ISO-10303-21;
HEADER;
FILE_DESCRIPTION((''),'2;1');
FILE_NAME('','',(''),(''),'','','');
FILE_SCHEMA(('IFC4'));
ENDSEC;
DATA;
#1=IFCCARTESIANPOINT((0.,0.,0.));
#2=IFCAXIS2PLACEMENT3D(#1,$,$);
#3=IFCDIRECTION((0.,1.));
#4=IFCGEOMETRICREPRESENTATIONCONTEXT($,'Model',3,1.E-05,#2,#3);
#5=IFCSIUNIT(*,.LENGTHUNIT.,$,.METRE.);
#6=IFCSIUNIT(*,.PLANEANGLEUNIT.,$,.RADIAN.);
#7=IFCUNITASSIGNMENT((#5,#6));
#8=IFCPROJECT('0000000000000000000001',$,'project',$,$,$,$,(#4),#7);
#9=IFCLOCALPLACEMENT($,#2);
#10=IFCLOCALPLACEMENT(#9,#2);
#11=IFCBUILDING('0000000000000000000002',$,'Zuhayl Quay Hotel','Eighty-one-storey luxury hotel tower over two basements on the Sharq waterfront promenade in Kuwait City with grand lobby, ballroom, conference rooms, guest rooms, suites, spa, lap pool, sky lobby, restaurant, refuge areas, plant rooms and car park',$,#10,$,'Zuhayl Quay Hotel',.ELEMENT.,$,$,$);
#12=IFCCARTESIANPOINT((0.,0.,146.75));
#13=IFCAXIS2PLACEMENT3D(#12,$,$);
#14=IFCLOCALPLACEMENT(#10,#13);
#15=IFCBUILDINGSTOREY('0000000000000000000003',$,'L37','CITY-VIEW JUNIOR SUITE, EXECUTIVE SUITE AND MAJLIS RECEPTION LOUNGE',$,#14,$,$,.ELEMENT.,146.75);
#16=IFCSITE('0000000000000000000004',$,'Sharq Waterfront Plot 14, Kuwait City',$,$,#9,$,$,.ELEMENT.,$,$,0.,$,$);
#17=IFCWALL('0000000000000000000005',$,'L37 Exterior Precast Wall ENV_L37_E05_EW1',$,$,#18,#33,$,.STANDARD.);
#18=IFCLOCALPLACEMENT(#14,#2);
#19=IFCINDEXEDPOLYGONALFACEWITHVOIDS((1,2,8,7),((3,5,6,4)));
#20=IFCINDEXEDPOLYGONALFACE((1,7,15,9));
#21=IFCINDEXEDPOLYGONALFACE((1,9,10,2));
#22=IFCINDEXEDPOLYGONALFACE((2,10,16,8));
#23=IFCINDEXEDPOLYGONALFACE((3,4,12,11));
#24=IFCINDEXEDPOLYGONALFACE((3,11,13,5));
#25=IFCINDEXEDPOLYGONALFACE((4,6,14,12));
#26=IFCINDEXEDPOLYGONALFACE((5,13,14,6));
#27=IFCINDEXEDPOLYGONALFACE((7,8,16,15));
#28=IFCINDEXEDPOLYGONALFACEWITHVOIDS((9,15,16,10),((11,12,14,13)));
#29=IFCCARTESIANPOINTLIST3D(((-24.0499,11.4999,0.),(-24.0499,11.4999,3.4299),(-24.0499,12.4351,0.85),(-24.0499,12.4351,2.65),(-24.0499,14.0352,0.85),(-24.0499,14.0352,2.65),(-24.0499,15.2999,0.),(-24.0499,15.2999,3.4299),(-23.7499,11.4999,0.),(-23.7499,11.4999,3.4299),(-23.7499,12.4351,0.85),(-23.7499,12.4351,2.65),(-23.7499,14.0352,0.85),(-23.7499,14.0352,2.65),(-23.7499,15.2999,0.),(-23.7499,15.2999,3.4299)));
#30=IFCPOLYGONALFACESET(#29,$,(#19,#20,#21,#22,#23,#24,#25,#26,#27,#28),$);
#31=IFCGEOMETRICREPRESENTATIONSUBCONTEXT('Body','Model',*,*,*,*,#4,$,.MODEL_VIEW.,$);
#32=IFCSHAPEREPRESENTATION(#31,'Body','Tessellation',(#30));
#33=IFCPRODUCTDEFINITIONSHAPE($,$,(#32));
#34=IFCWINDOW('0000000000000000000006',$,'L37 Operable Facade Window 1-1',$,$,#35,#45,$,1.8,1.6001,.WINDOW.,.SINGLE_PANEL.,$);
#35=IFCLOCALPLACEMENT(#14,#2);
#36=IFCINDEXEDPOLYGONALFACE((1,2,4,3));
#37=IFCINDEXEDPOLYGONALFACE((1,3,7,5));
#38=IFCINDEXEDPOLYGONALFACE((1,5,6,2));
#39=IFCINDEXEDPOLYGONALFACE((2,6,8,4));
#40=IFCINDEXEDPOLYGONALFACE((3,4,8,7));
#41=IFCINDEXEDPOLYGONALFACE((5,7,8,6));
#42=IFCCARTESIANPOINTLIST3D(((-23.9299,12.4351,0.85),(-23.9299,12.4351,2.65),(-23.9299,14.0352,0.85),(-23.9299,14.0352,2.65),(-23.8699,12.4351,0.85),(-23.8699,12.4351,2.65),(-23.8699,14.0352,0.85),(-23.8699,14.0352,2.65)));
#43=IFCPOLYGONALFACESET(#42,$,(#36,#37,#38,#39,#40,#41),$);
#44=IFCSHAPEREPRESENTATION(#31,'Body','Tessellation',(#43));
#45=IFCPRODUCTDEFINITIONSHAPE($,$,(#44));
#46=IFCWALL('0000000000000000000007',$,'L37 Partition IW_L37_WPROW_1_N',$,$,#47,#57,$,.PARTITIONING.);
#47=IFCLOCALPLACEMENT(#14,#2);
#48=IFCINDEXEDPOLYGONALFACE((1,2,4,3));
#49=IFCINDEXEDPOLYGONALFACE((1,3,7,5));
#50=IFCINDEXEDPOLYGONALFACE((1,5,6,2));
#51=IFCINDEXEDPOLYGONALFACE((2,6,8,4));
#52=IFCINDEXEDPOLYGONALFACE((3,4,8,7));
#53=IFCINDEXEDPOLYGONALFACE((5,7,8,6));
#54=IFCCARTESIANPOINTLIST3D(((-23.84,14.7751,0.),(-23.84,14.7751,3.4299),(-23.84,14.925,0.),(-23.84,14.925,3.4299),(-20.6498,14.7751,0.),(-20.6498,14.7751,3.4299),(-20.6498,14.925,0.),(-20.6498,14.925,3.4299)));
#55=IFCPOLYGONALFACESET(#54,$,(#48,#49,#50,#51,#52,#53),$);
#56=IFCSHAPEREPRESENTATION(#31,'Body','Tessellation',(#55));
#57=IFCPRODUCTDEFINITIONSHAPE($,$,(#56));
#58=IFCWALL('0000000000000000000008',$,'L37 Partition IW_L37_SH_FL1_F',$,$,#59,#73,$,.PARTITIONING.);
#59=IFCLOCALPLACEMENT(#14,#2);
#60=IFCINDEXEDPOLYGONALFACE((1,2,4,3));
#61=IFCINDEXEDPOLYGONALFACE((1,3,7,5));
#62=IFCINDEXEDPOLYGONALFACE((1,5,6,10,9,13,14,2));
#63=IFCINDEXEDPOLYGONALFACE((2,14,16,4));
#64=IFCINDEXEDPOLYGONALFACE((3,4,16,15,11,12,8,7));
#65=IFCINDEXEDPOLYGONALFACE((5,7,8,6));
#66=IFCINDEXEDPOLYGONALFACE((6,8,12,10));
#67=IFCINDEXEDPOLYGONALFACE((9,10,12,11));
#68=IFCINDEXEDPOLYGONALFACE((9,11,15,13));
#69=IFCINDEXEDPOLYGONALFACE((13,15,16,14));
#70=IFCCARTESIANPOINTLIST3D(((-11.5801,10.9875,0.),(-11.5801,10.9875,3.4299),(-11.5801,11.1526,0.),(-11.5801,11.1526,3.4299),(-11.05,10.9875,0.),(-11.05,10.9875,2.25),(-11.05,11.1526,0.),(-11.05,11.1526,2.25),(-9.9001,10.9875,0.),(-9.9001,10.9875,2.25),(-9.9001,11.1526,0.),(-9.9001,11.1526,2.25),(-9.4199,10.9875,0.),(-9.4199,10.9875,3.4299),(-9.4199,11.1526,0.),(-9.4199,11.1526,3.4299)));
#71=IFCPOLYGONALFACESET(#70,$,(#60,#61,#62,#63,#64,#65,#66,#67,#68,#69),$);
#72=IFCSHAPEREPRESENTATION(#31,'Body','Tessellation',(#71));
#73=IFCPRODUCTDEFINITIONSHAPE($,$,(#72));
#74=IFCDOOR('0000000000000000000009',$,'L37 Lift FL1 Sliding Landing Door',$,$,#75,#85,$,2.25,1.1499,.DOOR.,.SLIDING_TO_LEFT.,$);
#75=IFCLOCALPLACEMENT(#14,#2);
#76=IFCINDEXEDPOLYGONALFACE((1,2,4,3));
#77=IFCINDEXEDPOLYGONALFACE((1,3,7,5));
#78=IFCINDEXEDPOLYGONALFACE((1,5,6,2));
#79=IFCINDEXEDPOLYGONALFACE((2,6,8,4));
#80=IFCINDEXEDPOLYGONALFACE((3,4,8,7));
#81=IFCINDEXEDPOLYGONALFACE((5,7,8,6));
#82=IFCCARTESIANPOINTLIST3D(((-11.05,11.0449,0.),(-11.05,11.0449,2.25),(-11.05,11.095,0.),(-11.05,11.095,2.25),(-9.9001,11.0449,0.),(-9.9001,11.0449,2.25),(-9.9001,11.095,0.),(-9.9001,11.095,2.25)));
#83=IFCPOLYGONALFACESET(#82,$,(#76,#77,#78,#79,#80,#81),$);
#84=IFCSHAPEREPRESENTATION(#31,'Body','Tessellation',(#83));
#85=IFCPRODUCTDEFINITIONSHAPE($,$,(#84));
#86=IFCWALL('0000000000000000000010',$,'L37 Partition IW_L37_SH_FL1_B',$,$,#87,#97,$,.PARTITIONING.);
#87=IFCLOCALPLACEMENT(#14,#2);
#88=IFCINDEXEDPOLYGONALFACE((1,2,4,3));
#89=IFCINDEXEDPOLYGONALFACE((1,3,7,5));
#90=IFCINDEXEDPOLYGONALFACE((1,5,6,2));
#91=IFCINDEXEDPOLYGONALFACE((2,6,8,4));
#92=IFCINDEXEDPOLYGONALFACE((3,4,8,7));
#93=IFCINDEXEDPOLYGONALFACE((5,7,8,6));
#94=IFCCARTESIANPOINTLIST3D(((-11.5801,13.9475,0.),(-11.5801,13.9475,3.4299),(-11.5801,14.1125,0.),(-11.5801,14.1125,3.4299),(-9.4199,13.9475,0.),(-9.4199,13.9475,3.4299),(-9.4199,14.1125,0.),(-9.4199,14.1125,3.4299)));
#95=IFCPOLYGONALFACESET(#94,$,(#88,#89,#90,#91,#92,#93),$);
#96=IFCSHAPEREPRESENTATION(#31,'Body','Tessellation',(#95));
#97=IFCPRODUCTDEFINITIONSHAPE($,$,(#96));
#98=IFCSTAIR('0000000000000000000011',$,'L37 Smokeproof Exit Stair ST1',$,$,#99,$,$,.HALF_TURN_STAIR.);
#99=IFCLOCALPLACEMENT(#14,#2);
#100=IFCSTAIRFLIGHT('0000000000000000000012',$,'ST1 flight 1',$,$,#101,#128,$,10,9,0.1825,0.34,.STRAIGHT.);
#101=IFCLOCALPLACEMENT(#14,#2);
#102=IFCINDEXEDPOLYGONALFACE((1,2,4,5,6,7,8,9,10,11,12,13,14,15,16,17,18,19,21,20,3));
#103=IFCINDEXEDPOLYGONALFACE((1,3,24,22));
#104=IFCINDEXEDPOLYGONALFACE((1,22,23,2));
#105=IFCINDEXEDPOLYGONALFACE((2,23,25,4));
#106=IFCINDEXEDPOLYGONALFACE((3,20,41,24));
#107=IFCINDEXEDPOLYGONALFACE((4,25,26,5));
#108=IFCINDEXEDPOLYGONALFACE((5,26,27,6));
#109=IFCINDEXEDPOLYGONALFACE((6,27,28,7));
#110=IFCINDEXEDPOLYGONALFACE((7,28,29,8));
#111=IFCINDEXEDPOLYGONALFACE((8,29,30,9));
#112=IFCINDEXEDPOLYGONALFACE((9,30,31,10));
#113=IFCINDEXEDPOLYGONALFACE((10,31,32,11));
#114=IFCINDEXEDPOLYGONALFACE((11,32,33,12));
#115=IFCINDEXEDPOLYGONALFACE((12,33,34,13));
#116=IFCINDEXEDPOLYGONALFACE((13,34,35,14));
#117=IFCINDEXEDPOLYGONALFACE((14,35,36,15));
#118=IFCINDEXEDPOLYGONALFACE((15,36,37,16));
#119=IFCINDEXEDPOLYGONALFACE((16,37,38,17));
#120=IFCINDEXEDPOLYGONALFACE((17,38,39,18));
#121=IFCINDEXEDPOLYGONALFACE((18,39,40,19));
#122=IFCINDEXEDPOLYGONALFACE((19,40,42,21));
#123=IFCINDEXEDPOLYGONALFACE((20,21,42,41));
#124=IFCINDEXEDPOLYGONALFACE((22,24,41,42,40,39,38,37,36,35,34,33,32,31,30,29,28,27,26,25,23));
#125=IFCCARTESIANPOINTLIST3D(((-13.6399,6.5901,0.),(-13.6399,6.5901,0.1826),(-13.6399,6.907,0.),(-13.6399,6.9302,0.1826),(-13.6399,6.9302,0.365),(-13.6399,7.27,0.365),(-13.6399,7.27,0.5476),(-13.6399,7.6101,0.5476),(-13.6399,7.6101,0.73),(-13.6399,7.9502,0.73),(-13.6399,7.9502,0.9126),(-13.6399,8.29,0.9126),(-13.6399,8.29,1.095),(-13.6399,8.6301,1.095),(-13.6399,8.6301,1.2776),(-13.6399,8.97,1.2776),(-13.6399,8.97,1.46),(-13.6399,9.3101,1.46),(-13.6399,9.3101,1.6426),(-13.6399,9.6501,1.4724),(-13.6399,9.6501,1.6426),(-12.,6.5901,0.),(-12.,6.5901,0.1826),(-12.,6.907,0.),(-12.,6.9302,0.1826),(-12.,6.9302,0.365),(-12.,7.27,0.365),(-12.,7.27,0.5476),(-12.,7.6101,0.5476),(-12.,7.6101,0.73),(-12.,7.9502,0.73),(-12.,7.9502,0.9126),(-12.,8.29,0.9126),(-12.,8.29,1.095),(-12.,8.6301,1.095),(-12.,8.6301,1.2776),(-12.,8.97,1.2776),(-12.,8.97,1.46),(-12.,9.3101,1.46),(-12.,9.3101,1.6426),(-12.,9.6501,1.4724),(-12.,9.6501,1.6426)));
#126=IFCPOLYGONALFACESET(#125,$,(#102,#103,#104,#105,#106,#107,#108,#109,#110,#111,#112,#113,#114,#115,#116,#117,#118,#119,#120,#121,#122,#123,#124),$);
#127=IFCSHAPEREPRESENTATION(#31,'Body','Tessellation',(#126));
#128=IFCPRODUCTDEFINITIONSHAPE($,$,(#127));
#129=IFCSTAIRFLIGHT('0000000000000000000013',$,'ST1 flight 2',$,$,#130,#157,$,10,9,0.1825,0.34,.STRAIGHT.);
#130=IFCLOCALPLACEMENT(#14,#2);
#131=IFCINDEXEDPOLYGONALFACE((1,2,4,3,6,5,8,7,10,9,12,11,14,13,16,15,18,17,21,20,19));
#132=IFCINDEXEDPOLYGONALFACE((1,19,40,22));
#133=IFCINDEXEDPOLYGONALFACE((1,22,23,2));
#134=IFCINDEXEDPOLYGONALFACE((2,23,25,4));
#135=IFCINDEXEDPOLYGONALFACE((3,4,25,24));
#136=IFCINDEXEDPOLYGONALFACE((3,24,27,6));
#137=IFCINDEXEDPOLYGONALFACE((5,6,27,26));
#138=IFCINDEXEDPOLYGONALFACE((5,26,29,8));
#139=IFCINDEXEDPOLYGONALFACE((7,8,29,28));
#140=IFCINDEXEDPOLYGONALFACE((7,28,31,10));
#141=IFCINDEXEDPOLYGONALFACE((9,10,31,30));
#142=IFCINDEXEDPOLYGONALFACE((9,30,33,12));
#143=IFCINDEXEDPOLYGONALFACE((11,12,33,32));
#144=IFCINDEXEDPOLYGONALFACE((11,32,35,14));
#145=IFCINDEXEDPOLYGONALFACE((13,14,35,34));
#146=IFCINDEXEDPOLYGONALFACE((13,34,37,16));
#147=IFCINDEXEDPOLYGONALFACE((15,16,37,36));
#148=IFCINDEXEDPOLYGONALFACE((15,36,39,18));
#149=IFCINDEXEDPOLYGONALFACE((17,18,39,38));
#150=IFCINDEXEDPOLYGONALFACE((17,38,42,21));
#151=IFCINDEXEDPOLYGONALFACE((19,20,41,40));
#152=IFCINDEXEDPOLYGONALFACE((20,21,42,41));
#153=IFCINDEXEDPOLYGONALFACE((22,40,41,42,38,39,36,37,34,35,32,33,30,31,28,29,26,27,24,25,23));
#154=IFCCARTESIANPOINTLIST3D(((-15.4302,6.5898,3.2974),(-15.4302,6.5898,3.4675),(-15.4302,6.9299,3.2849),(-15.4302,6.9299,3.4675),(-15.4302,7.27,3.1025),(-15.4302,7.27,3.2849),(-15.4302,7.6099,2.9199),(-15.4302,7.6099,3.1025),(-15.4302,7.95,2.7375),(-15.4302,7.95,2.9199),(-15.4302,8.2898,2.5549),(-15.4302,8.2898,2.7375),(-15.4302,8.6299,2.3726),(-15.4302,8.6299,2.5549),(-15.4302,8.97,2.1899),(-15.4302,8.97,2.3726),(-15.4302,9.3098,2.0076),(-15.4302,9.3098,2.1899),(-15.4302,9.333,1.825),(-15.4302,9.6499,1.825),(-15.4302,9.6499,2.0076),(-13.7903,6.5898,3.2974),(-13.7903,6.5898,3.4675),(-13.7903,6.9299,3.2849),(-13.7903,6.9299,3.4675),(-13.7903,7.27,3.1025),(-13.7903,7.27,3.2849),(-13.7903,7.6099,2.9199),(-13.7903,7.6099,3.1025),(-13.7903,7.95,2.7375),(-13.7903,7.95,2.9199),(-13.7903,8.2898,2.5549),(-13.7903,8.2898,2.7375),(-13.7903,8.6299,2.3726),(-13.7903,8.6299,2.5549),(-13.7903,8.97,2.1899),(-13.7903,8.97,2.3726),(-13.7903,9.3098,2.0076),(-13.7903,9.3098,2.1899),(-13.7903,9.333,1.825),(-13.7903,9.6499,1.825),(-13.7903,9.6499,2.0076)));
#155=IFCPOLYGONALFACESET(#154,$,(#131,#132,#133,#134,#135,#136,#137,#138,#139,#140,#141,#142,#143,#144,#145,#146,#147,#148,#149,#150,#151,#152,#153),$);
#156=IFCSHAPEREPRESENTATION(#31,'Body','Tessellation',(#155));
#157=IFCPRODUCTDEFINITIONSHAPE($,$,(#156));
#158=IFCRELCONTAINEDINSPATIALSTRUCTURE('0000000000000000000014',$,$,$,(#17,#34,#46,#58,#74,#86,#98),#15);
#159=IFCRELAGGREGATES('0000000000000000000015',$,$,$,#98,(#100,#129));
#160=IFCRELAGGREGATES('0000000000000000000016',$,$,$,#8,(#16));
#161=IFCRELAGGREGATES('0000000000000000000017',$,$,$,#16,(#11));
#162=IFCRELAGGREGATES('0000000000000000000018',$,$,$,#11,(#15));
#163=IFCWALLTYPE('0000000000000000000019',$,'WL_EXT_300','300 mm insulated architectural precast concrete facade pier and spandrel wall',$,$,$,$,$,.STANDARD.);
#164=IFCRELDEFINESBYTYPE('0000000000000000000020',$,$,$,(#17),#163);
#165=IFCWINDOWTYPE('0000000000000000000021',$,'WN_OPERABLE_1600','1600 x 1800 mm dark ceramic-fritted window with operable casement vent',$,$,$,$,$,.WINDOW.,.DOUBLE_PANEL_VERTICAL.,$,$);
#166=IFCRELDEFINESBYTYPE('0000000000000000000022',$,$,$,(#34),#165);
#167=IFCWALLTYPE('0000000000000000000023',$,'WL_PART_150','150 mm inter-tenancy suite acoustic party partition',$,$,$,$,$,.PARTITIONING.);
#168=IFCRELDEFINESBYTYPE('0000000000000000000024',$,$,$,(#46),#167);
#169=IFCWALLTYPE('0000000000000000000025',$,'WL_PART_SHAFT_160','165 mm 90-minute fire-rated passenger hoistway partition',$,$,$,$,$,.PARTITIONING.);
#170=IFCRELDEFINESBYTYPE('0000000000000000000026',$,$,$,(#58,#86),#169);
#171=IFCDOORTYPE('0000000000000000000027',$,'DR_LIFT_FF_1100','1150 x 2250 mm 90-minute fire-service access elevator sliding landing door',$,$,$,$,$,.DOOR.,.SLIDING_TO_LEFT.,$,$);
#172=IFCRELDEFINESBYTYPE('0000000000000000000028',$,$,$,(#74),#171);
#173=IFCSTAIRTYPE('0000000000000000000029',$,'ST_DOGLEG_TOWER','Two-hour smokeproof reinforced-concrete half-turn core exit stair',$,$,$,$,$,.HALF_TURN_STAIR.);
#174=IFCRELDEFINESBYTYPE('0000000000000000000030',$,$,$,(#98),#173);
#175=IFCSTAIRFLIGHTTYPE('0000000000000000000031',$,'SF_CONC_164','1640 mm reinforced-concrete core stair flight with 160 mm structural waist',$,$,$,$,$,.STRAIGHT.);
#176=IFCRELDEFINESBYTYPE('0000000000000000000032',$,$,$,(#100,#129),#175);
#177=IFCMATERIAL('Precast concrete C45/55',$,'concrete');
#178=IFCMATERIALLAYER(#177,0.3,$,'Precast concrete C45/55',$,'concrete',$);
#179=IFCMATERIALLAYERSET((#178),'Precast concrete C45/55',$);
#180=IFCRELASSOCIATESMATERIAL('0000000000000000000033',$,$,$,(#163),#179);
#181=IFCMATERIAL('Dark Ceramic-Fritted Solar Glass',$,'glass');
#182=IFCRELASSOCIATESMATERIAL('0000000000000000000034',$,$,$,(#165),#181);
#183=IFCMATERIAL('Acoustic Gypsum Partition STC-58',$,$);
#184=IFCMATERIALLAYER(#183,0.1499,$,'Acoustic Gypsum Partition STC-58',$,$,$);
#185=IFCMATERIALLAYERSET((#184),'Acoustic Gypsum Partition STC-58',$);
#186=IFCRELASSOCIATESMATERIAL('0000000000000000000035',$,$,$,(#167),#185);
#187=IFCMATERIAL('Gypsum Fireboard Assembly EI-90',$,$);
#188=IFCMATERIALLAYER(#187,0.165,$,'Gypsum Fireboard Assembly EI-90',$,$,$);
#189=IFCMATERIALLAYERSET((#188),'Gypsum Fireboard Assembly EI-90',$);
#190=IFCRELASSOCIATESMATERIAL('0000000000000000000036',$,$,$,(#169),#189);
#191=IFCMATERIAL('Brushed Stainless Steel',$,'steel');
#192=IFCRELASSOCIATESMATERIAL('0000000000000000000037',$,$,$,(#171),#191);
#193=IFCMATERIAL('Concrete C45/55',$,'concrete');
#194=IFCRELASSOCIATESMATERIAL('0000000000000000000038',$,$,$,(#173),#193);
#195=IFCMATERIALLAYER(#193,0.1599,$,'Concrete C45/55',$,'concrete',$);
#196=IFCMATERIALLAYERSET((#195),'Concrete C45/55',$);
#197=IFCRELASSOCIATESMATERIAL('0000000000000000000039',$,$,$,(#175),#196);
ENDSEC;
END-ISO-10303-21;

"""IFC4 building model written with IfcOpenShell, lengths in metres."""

from ifc_helpers import new_model, si_unit, direction, frame, frame_2d, origin, place, context, subcontext, project, spatial, polyline, rectangle, outline, extrude, material, layer, layer_set, type_object, element, fill, aggregate, save


model = new_model("IFC4")

# Units and contexts
model_context = context("Model", 3, precision=1e-05, world=origin(), true_north=direction((0.0, 1.0)))
body_context = subcontext(model_context, "Body", "Model", "MODEL_VIEW")
ifc_project = project(units=[si_unit("LENGTHUNIT", "METRE"), si_unit("PLANEANGLEUNIT", "RADIAN")], contexts=[model_context])

# Site, building, storey
site_placement = place(None, origin())
site = spatial("IfcSite", under=ifc_project, at=site_placement, Name="Sharq Waterfront Plot 14, Kuwait City", CompositionType="ELEMENT", RefElevation=0.0)
building_placement = place(site_placement, origin())
building = spatial("IfcBuilding", under=site, at=building_placement, Name="Zuhayl Quay Hotel", Description="Eighty-one-storey luxury hotel tower over two basements on the Sharq waterfront promenade in Kuwait City with grand lobby, ballroom, conference rooms, guest rooms, suites, spa, lap pool, sky lobby, restaurant, refuge areas, plant rooms and car park", LongName="Zuhayl Quay Hotel", CompositionType="ELEMENT")
storey_placement = place(building_placement, frame((0.0, 0.0, 146.75)))
storey = spatial("IfcBuildingStorey", under=building, at=storey_placement, Name="L37", Description="CITY-VIEW JUNIOR SUITE, EXECUTIVE SUITE AND MAJLIS RECEPTION LOUNGE", CompositionType="ELEMENT", Elevation=146.75)

# Shared definitions
ifc_material_1 = material(Name="Precast concrete C45/55", Category="concrete")
ifc_layer_1 = layer(ifc_material_1, 0.3, Name="Precast concrete C45/55", Category="concrete")
ifc_layer_set_1 = layer_set([ifc_layer_1], Name="Precast concrete C45/55")
wall_type_1 = type_object("IfcWallType", Name="WL_EXT_300", Description="300 mm insulated architectural precast concrete facade pier and spandrel wall", PredefinedType="STANDARD", material=ifc_layer_set_1)

# Wall, opening, window
wall_1_placement = place(storey_placement, frame((-23.8999, 11.5, 0.0), z_axis=(0.0, 0.0, 1.0), x_axis=(0.0, 1.0, 0.0)))
wall_1 = element("IfcWall", 1, at=wall_1_placement, inside=storey, type_object=wall_type_1, Name="L37 Exterior Precast Wall ENV_L37_E05_EW1", PredefinedType="STANDARD", context=body_context, shape_type="SweptSolid", body=[
    extrude(rectangle(XDim=3.8, YDim=0.3, at=frame_2d((1.8999, 0.0))), origin(), (0.0, 0.0, 1.0), 3.4299),
])
opening_1_placement = place(wall_1_placement, frame((0.9351, 0.0, 0.8501)))
opening_1 = element("IfcOpeningElement", 2, at=opening_1_placement, cuts=wall_1, PredefinedType="OPENING", context=body_context, shape_type="SweptSolid", body=[
    extrude(rectangle(XDim=1.6001, YDim=1.8, at=frame_2d((0.8, 0.8999))), frame((0.0, 0.1599, 0.0), z_axis=(0.0, -1.0, 0.0), x_axis=(1.0, 0.0, 0.0)), (0.0, 0.0, 1.0), 0.3201),
])
ifc_material_2 = material(Name="Dark Ceramic-Fritted Solar Glass", Category="glass")
window_type = type_object("IfcWindowType", Name="WN_OPERABLE_1600", Description="1600 x 1800 mm dark ceramic-fritted window with operable casement vent", PartitioningType="DOUBLE_PANEL_VERTICAL", PredefinedType="WINDOW", material=ifc_material_2)
window_placement = place(opening_1_placement, origin())
window = element("IfcWindow", 3, at=window_placement, inside=storey, type_object=window_type, Name="L37 Operable Facade Window 1-1", OverallHeight=1.8, OverallWidth=1.6001, PartitioningType="SINGLE_PANEL", PredefinedType="WINDOW", context=body_context, shape_type="SweptSolid", body=[
    extrude(rectangle(XDim=1.6001, YDim=1.8, at=frame_2d((0.8, 0.8999))), frame((0.0, 0.03, 0.0), z_axis=(0.0, -1.0, 0.0), x_axis=(1.0, 0.0, 0.0)), (0.0, 0.0, 1.0), 0.0601),
])
fill(opening_1, window)

# Wall
ifc_material_3 = material(Name="Acoustic Gypsum Partition STC-58")
ifc_layer_2 = layer(ifc_material_3, 0.1499, Name="Acoustic Gypsum Partition STC-58")
ifc_layer_set_2 = layer_set([ifc_layer_2], Name="Acoustic Gypsum Partition STC-58")
wall_type_2 = type_object("IfcWallType", Name="WL_PART_150", Description="150 mm inter-tenancy suite acoustic party partition", PredefinedType="PARTITIONING", material=ifc_layer_set_2)
wall_2_placement = place(storey_placement, frame((-23.8401, 14.8501, 0.0), z_axis=(0.0, 0.0, 1.0), x_axis=(1.0, 0.0, 0.0)))
element("IfcWall", 4, at=wall_2_placement, inside=storey, type_object=wall_type_2, Name="L37 Partition IW_L37_WPROW_1_N", PredefinedType="PARTITIONING", context=body_context, shape_type="SweptSolid", body=[
    extrude(rectangle(XDim=3.1902, YDim=0.1499, at=frame_2d((1.5952, 0.0))), origin(), (0.0, 0.0, 1.0), 3.4299),
])

# Wall, opening, door
ifc_material_4 = material(Name="Gypsum Fireboard Assembly EI-90")
ifc_layer_3 = layer(ifc_material_4, 0.165, Name="Gypsum Fireboard Assembly EI-90")
ifc_layer_set_3 = layer_set([ifc_layer_3], Name="Gypsum Fireboard Assembly EI-90")
wall_type_3 = type_object("IfcWallType", Name="WL_PART_SHAFT_160", Description="165 mm 90-minute fire-rated passenger hoistway partition", PredefinedType="PARTITIONING", material=ifc_layer_set_3)
wall_3_placement = place(storey_placement, frame((-11.5801, 11.0701, 0.0), z_axis=(0.0, 0.0, 1.0), x_axis=(1.0, 0.0, 0.0)))
wall_3 = element("IfcWall", 5, at=wall_3_placement, inside=storey, type_object=wall_type_3, Name="L37 Partition IW_L37_SH_FL1_F", PredefinedType="PARTITIONING", context=body_context, shape_type="SweptSolid", body=[
    extrude(rectangle(XDim=2.1602, YDim=0.165, at=frame_2d((1.0801, 0.0))), origin(), (0.0, 0.0, 1.0), 3.4299),
])
opening_2_placement = place(wall_3_placement, frame((0.53, 0.0, 0.0)))
opening_2 = element("IfcOpeningElement", 6, at=opening_2_placement, cuts=wall_3, PredefinedType="OPENING", context=body_context, shape_type="SweptSolid", body=[
    extrude(rectangle(XDim=1.1499, YDim=2.25, at=frame_2d((0.575, 1.125))), frame((0.0, 0.0925, 0.0), z_axis=(0.0, -1.0, 0.0), x_axis=(1.0, 0.0, 0.0)), (0.0, 0.0, 1.0), 0.1851),
])
ifc_material_5 = material(Name="Brushed Stainless Steel", Category="steel")
door_type = type_object("IfcDoorType", Name="DR_LIFT_FF_1100", Description="1150 x 2250 mm 90-minute fire-service access elevator sliding landing door", OperationType="SLIDING_TO_LEFT", PredefinedType="DOOR", material=ifc_material_5)
door_placement = place(opening_2_placement, origin())
door = element("IfcDoor", 7, at=door_placement, inside=storey, type_object=door_type, Name="L37 Lift FL1 Sliding Landing Door", OperationType="SLIDING_TO_LEFT", OverallHeight=2.25, OverallWidth=1.1499, PredefinedType="DOOR", context=body_context, shape_type="SweptSolid", body=[
    extrude(rectangle(XDim=1.1499, YDim=2.25, at=frame_2d((0.575, 1.125))), frame((0.0, 0.0249, 0.0), z_axis=(0.0, -1.0, 0.0), x_axis=(1.0, 0.0, 0.0)), (0.0, 0.0, 1.0), 0.05),
])
fill(opening_2, door)

# Wall
wall_4_placement = place(storey_placement, frame((-11.5801, 14.03, 0.0), z_axis=(0.0, 0.0, 1.0), x_axis=(1.0, 0.0, 0.0)))
element("IfcWall", 8, at=wall_4_placement, inside=storey, type_object=wall_type_3, Name="L37 Partition IW_L37_SH_FL1_B", PredefinedType="PARTITIONING", context=body_context, shape_type="SweptSolid", body=[
    extrude(rectangle(XDim=2.1602, YDim=0.165, at=frame_2d((1.0801, 0.0))), origin(), (0.0, 0.0, 1.0), 3.4299),
])

# Stair, stair flights
ifc_material_6 = material(Name="Concrete C45/55", Category="concrete")
stair_type = type_object("IfcStairType", Name="ST_DOGLEG_TOWER", Description="Two-hour smokeproof reinforced-concrete half-turn core exit stair", PredefinedType="HALF_TURN_STAIR", material=ifc_material_6)
stair_placement = place(storey_placement, origin())
stair = element("IfcStair", 9, at=stair_placement, inside=storey, type_object=stair_type, Name="L37 Smokeproof Exit Stair ST1", PredefinedType="HALF_TURN_STAIR")
ifc_layer_4 = layer(ifc_material_6, 0.1599, Name="Concrete C45/55", Category="concrete")
ifc_layer_set_4 = layer_set([ifc_layer_4], Name="Concrete C45/55")
stair_flight_type = type_object("IfcStairFlightType", Name="SF_CONC_164", Description="1640 mm reinforced-concrete core stair flight with 160 mm structural waist", PredefinedType="STRAIGHT", material=ifc_layer_set_4)
stair_flight_1_placement = place(storey_placement, frame((-12.8201, 6.5901, 0.0), z_axis=(0.0, 0.0, 1.0), x_axis=(0.0, 1.0, 0.0)))
stair_flight_1 = element("IfcStairFlight", 10, at=stair_flight_1_placement, type_object=stair_flight_type, Name="ST1 flight 1", NumberOfRisers=10, NumberOfTreads=9, PredefinedType="STRAIGHT", RiserHeight=0.1825, TreadLength=0.34, context=body_context, shape_type="SweptSolid", body=[
    extrude(outline(polyline([(0.0, 0.0), (0.0, 0.1826), (0.3401, 0.1826), (0.3401, 0.365), (0.6799, 0.365), (0.6799, 0.5476), (1.02, 0.5476), (1.02, 0.73), (1.3601, 0.73), (1.3601, 0.9126), (1.7, 0.9126), (1.7, 1.095), (2.04, 1.095), (2.04, 1.2776), (2.3799, 1.2776), (2.3799, 1.46), (2.72, 1.46), (2.72, 1.6426), (3.0601, 1.6426), (3.0601, 1.825), (3.0601, 1.4724), (0.3169, 0.0), (0.0, 0.0)])), frame((0.0, 0.8198, 0.0), z_axis=(0.0, -1.0, 0.0), x_axis=(1.0, 0.0, 0.0)), (0.0, 0.0, 1.0), 1.6399),
])
stair_flight_2_placement = place(storey_placement, frame((-14.6101, 9.6499, 1.825), z_axis=(0.0, 0.0, 1.0), x_axis=(0.0, -1.0, 0.0)))
stair_flight_2 = element("IfcStairFlight", 11, at=stair_flight_2_placement, type_object=stair_flight_type, Name="ST1 flight 2", NumberOfRisers=10, NumberOfTreads=9, PredefinedType="STRAIGHT", RiserHeight=0.1825, TreadLength=0.34, context=body_context, shape_type="SweptSolid", body=[
    extrude(outline(polyline([(0.0, 0.0), (0.0, 0.1826), (0.3401, 0.1826), (0.3401, 0.365), (0.6799, 0.365), (0.6799, 0.5476), (1.02, 0.5476), (1.02, 0.73), (1.3601, 0.73), (1.3601, 0.9126), (1.7, 0.9126), (1.7, 1.095), (2.04, 1.095), (2.04, 1.2776), (2.3799, 1.2776), (2.3799, 1.46), (2.72, 1.46), (2.72, 1.6426), (3.0601, 1.6426), (3.0601, 1.825), (3.0601, 1.4724), (0.3169, 0.0), (0.0, 0.0)])), frame((0.0, 0.8198, 0.0), z_axis=(0.0, -1.0, 0.0), x_axis=(1.0, 0.0, 0.0)), (0.0, 0.0, 1.0), 1.6399),
])
aggregate(stair, [stair_flight_1, stair_flight_2])

save(model, "model.ifc")
